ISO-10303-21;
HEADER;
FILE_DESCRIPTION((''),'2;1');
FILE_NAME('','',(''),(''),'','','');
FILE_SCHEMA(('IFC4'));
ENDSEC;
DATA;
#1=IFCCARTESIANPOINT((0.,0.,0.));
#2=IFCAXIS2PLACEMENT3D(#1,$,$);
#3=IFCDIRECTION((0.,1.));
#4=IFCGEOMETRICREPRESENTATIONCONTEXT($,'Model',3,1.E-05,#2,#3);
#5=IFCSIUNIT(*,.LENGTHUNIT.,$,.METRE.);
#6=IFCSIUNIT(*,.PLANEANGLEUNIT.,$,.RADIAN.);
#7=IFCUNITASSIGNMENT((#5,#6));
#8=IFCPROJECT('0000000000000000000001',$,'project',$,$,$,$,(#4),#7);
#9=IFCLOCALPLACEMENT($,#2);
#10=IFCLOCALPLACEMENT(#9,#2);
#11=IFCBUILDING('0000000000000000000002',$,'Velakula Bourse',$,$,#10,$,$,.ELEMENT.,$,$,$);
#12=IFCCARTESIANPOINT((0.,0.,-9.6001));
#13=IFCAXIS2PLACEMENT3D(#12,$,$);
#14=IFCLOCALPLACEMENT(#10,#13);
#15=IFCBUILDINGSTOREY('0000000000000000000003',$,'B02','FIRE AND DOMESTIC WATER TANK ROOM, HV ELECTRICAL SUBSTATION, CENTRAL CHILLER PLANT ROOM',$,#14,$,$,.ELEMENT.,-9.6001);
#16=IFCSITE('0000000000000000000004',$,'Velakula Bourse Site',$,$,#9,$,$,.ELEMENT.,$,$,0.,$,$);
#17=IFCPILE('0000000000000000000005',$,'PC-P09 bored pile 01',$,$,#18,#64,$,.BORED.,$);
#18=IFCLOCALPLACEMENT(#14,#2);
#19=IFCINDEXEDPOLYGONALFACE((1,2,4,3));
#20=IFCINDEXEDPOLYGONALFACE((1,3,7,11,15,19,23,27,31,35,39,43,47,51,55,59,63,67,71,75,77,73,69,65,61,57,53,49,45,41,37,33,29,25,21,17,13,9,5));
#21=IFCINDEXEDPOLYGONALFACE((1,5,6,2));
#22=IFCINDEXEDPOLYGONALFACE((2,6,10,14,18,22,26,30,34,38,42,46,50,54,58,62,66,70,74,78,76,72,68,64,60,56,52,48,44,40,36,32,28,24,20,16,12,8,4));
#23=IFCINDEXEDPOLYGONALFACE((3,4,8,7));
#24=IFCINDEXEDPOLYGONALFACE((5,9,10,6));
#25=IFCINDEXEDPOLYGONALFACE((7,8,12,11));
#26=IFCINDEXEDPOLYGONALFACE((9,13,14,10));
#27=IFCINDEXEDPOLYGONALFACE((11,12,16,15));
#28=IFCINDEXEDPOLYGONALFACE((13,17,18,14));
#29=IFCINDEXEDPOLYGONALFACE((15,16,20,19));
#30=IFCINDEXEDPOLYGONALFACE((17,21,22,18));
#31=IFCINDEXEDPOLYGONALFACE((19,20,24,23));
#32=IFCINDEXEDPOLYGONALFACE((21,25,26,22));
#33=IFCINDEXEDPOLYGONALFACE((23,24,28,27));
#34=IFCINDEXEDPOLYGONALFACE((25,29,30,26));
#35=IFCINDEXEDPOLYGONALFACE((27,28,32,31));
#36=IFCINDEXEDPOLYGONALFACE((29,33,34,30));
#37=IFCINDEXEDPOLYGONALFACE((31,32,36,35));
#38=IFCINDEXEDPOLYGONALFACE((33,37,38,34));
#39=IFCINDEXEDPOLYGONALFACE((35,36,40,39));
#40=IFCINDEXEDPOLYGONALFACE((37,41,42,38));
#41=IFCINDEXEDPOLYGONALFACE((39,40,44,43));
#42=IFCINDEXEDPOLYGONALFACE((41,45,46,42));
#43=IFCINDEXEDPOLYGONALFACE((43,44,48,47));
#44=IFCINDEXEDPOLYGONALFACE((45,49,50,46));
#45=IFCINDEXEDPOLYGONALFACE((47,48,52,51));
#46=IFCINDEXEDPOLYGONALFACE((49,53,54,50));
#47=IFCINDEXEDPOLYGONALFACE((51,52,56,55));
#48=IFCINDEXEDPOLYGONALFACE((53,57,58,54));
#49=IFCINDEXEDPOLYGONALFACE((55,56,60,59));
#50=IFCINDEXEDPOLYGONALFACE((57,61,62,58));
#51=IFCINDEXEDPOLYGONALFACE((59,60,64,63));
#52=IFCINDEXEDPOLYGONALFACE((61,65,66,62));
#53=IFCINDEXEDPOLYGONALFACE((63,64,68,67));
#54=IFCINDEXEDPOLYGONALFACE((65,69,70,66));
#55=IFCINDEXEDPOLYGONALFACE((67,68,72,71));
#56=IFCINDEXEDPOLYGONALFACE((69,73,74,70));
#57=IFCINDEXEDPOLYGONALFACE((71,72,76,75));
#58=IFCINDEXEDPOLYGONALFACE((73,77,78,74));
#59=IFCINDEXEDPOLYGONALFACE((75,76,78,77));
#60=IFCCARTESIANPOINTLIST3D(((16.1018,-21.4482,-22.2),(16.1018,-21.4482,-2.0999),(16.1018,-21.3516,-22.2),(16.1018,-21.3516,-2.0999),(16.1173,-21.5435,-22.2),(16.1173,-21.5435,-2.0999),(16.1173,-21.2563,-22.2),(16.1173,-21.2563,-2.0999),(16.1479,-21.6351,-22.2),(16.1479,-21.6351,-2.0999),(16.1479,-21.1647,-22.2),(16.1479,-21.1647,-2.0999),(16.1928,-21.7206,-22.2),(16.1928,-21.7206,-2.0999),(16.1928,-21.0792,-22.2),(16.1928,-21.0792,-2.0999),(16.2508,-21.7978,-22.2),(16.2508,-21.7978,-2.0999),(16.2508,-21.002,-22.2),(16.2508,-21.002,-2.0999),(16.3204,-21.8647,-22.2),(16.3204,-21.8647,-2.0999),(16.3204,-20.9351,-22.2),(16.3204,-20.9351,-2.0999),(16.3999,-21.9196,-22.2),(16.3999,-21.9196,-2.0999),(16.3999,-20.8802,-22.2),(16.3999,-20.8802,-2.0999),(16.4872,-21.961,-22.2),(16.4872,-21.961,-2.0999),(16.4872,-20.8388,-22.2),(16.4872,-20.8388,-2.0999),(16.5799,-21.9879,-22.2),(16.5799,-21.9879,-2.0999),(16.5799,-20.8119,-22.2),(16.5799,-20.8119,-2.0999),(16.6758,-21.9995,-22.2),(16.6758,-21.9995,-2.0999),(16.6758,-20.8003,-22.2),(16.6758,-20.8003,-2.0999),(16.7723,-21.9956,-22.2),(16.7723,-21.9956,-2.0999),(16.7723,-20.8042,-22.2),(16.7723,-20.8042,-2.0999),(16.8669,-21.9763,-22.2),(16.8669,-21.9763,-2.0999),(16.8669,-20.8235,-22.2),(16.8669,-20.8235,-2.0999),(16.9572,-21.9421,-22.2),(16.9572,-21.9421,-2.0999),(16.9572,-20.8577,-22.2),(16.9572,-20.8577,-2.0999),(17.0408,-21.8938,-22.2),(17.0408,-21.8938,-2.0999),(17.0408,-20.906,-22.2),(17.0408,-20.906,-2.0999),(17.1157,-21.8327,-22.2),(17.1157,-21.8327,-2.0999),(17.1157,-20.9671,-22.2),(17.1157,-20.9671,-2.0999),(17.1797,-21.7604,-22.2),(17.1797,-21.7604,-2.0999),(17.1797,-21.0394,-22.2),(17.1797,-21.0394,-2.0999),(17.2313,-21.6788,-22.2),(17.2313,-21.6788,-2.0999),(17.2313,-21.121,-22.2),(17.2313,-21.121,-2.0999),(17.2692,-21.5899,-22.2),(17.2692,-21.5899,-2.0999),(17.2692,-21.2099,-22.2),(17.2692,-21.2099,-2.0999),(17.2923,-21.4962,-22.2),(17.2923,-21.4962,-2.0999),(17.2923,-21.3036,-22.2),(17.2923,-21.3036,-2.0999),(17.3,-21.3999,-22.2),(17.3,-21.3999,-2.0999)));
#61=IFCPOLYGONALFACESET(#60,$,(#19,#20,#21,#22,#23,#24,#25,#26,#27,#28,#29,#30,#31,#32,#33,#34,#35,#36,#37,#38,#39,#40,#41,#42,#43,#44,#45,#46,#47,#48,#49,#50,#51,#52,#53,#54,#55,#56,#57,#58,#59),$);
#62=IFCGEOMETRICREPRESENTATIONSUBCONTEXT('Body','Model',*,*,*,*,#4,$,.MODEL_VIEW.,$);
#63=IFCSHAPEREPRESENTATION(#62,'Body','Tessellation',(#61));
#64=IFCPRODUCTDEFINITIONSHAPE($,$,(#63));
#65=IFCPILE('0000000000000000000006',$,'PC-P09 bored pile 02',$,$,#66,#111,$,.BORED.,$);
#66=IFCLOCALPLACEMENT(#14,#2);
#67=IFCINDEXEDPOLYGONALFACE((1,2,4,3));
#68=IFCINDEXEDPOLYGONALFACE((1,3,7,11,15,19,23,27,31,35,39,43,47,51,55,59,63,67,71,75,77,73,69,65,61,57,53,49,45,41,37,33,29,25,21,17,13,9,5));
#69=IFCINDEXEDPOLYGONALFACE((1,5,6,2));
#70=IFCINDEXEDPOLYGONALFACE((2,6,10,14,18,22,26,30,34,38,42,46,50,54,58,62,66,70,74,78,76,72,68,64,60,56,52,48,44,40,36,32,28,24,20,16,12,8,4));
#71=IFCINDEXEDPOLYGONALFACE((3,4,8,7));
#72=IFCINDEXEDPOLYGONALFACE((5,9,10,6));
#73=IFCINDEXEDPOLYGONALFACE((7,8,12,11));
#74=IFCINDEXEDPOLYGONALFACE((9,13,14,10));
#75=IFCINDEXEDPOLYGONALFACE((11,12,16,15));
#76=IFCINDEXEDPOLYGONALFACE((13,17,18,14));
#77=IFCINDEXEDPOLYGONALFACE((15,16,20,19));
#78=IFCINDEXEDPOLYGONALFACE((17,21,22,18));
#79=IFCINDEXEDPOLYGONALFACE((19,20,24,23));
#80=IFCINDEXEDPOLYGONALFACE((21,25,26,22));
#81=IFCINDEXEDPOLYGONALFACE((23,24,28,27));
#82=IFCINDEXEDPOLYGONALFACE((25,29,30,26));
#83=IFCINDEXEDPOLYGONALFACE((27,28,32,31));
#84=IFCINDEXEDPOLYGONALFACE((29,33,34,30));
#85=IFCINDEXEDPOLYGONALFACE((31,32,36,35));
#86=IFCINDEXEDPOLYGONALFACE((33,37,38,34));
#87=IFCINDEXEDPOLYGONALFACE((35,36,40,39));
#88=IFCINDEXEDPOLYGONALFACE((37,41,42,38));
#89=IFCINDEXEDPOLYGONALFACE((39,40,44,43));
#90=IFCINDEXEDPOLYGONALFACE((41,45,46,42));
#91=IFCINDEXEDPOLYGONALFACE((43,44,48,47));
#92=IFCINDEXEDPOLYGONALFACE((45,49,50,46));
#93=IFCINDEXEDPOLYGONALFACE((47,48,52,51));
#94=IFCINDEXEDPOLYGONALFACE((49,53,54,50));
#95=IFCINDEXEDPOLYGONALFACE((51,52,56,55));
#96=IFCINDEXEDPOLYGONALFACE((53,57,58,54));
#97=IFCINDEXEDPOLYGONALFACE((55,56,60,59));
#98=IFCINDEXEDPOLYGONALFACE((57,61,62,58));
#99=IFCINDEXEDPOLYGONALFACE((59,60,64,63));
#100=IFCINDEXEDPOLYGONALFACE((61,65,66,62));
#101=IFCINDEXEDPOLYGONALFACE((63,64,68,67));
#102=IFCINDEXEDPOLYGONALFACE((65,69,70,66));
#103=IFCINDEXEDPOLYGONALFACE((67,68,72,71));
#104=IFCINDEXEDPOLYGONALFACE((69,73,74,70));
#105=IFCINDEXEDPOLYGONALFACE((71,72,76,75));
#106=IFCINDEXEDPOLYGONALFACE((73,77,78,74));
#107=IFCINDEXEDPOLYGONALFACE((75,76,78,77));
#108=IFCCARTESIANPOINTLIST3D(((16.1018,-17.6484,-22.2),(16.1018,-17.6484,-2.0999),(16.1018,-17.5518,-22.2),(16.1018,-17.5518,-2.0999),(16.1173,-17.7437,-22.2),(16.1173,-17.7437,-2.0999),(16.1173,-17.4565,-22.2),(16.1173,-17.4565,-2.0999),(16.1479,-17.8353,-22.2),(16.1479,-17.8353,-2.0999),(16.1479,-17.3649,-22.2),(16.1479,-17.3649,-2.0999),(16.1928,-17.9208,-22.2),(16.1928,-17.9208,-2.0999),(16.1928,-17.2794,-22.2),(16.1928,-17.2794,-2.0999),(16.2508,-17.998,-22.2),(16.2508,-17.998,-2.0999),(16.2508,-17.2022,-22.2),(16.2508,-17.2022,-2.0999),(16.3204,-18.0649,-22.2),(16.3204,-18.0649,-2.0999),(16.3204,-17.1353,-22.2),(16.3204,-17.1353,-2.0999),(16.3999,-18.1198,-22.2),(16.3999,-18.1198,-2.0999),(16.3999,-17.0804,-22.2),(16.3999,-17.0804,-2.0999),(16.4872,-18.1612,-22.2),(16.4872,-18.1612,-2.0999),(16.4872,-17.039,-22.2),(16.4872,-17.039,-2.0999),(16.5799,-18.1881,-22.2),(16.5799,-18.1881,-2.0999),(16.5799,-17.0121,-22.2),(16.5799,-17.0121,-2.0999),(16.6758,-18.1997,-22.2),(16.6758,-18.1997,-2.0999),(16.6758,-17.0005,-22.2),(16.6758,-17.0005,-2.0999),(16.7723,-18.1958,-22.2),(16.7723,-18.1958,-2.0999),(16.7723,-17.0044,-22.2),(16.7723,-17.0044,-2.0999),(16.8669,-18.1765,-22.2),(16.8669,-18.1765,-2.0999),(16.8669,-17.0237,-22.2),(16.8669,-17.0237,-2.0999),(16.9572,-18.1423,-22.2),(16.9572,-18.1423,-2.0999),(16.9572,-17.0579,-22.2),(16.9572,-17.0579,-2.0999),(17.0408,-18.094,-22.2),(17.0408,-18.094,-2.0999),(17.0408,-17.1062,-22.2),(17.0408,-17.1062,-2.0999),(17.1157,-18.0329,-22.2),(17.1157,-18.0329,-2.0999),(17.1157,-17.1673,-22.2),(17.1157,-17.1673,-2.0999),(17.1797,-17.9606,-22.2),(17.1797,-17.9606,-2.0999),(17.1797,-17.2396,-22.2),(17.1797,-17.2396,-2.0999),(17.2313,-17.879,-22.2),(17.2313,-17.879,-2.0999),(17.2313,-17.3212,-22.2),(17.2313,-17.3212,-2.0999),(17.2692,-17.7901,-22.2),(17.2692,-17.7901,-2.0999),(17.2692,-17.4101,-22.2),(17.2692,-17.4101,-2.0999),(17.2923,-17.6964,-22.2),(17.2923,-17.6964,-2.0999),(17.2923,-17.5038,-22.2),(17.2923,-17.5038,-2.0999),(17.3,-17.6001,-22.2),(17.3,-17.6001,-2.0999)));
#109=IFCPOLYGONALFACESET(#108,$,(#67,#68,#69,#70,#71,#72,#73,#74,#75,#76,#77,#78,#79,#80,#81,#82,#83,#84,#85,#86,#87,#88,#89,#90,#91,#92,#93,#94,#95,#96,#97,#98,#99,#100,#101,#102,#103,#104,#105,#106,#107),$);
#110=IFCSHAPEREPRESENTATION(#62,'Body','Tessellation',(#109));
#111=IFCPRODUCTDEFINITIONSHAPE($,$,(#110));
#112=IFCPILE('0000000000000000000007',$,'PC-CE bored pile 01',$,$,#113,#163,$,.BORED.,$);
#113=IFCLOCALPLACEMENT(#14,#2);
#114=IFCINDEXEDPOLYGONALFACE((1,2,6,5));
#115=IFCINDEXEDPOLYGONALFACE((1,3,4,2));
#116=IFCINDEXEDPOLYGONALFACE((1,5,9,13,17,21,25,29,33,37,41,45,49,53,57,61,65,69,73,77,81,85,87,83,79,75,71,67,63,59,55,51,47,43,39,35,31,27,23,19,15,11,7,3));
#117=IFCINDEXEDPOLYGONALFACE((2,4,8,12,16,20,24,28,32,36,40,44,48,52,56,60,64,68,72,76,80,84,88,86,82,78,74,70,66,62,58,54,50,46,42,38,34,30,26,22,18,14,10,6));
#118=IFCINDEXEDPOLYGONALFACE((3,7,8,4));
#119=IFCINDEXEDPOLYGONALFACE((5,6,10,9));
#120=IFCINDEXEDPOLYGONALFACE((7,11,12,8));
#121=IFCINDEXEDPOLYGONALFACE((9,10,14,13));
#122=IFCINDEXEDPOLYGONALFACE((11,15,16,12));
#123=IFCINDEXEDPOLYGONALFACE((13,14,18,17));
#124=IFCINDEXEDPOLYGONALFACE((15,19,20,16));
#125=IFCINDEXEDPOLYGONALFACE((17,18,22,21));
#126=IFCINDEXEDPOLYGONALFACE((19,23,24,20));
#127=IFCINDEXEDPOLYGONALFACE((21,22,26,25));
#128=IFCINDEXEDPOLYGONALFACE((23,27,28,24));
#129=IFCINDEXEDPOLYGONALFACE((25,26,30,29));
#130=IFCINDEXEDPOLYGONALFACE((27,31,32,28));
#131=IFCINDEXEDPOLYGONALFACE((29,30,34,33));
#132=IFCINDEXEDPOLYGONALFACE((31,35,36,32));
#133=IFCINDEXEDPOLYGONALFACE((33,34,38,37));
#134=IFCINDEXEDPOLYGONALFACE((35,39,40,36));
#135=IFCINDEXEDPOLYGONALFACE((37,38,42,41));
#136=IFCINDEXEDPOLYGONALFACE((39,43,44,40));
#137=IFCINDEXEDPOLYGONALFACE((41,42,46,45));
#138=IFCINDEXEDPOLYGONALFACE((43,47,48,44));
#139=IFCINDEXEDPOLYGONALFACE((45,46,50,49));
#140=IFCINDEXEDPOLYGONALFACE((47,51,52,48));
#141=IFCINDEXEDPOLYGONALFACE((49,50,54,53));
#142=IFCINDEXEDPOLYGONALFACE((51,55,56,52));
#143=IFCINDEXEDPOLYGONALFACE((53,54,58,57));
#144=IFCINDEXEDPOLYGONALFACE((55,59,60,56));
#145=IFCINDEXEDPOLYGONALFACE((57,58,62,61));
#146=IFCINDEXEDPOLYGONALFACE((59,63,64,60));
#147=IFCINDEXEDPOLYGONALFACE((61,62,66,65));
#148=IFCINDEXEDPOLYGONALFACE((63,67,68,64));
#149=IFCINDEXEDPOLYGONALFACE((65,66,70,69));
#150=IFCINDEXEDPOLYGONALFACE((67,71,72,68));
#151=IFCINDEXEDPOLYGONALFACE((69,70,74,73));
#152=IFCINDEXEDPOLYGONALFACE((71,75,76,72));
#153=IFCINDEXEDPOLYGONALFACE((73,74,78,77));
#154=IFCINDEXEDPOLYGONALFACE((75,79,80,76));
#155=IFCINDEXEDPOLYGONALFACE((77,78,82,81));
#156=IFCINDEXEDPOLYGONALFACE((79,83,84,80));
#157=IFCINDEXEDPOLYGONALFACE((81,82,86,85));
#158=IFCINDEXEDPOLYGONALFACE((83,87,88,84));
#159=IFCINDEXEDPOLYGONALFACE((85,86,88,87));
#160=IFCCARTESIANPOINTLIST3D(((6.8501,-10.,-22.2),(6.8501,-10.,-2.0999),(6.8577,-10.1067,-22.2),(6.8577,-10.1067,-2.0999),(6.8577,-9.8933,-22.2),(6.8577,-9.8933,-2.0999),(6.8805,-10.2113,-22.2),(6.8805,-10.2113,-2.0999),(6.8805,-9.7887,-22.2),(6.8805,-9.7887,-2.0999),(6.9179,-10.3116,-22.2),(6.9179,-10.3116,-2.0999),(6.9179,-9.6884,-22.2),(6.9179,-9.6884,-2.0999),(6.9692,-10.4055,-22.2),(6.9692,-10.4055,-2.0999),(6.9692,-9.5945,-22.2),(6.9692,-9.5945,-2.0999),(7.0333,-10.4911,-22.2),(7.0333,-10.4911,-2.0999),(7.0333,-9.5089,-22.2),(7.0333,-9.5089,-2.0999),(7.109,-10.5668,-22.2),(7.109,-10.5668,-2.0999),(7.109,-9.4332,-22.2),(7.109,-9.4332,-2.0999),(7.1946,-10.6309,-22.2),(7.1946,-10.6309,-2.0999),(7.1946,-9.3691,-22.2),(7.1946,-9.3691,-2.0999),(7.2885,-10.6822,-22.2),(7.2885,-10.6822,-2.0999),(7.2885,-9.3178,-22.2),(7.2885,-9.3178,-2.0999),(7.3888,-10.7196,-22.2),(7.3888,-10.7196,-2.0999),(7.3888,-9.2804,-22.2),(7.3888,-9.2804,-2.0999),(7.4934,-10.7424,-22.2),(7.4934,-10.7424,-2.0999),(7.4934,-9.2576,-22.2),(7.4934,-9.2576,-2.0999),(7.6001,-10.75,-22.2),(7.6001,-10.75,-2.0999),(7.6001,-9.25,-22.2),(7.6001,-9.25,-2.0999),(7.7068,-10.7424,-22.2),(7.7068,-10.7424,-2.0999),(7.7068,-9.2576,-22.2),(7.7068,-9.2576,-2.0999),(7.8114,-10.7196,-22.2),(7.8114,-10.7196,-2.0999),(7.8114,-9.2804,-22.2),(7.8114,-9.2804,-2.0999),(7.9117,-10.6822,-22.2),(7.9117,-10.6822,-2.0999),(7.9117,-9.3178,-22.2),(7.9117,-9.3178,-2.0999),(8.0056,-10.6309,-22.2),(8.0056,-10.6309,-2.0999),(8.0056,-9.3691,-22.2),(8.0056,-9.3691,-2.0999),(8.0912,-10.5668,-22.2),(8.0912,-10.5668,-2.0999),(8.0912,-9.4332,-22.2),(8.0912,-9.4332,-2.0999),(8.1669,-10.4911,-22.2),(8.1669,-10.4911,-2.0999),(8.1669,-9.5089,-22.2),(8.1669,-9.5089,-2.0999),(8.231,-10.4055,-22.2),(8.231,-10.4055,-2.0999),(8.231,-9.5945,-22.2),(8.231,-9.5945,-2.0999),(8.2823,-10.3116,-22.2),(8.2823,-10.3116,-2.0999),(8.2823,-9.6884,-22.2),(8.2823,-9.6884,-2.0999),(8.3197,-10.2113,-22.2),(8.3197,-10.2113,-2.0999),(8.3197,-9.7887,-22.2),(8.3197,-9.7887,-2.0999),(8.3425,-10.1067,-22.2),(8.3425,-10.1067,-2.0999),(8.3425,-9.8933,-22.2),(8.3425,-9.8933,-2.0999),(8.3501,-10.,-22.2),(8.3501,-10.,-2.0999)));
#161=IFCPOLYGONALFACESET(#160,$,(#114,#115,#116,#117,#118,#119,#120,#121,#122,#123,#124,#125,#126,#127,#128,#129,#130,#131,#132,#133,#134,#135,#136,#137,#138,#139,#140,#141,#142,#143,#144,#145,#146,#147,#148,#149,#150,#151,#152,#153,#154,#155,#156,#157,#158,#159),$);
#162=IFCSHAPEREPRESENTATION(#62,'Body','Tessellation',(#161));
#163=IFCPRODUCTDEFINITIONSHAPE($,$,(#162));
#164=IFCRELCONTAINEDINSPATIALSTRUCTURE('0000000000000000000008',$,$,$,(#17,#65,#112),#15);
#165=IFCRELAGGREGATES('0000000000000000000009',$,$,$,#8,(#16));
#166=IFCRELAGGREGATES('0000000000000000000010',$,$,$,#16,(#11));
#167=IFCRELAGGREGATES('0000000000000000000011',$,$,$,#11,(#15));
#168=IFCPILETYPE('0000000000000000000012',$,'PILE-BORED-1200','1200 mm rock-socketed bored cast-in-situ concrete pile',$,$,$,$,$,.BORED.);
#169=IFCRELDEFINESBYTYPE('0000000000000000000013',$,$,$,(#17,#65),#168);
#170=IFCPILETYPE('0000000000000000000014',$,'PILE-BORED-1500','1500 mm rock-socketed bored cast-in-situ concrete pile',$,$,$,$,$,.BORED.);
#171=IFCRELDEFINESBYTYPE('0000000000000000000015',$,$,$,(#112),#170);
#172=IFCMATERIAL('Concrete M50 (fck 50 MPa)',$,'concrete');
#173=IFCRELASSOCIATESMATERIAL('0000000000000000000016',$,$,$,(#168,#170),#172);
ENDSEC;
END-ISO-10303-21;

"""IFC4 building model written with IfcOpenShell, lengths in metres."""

from ifc_helpers import new_model, si_unit, direction, frame, origin, origin_2d, place, context, subcontext, project, spatial, circle, extrude, material, material_profile, profile_set, type_object, element, save


model = new_model("IFC4")

# Units and contexts
model_context = context("Model", 3, precision=1e-05, world=origin(), true_north=direction((0.0, 1.0)))
body_context = subcontext(model_context, "Body", "Model", "MODEL_VIEW")
ifc_project = project(units=[si_unit("LENGTHUNIT", "METRE"), si_unit("PLANEANGLEUNIT", "RADIAN")], contexts=[model_context])

# Site, building, storey
site_placement = place(None, origin())
site = spatial("IfcSite", under=ifc_project, at=site_placement, Name="Velakula Bourse Site", CompositionType="ELEMENT", RefElevation=0.0)
building_placement = place(site_placement, origin())
building = spatial("IfcBuilding", under=site, at=building_placement, Name="Velakula Bourse", CompositionType="ELEMENT")
storey_placement = place(building_placement, frame((0.0, 0.0, -9.6001)))
storey = spatial("IfcBuildingStorey", under=building, at=storey_placement, Name="B02", Description="FIRE AND DOMESTIC WATER TANK ROOM, HV ELECTRICAL SUBSTATION, CENTRAL CHILLER PLANT ROOM", CompositionType="ELEMENT", Elevation=-9.6001)

# Shared definitions
ifc_material_1 = material(Name="Concrete M50 (fck 50 MPa)", Category="concrete")

# Piles
ifc_material_profile_1 = material_profile(ifc_material_1, circle(Radius=0.6001, at=origin_2d()), Name="Concrete M50 (fck 50 MPa)")
ifc_profile_set_1 = profile_set([ifc_material_profile_1], Name="Concrete M50 (fck 50 MPa)")
pile_type_1 = type_object("IfcPileType", Name="PILE-BORED-1200", Description="1200 mm rock-socketed bored cast-in-situ concrete pile", PredefinedType="BORED", material=ifc_profile_set_1)
for number, where, z_axis, x_axis, name in (
    (1, (16.7, -21.3999, -2.0999), (0.0, 0.0, -1.0), (1.0, 0.0, 0.0), "PC-P09 bored pile 01"),
    (2, (16.7, -17.6001, -2.0999), (0.0, 0.0, -1.0), (1.0, 0.0, 0.0), "PC-P09 bored pile 02"),
):
    element("IfcPile", number, at=place(storey_placement, frame(where, z_axis=z_axis, x_axis=x_axis)), inside=storey, type_object=pile_type_1, Name=name, PredefinedType="BORED", context=body_context, shape_type="SweptSolid", body=[
        extrude(circle(Radius=0.6001, at=origin_2d()), origin(), (0.0, 0.0, 1.0), 20.1001),
    ])
ifc_material_profile_2 = material_profile(ifc_material_1, circle(Radius=0.75, at=origin_2d()), Name="Concrete M50 (fck 50 MPa)")
ifc_profile_set_2 = profile_set([ifc_material_profile_2], Name="Concrete M50 (fck 50 MPa)")
pile_type_2 = type_object("IfcPileType", Name="PILE-BORED-1500", Description="1500 mm rock-socketed bored cast-in-situ concrete pile", PredefinedType="BORED", material=ifc_profile_set_2)
for number, where, z_axis, x_axis, name in (
    (3, (7.6001, -10.0, -2.0999), (0.0, 0.0, -1.0), (1.0, 0.0, 0.0), "PC-CE bored pile 01"),
):
    element("IfcPile", number, at=place(storey_placement, frame(where, z_axis=z_axis, x_axis=x_axis)), inside=storey, type_object=pile_type_2, Name=name, PredefinedType="BORED", context=body_context, shape_type="SweptSolid", body=[
        extrude(circle(Radius=0.75, at=origin_2d()), origin(), (0.0, 0.0, 1.0), 20.1001),
    ])

save(model, "model.ifc")
